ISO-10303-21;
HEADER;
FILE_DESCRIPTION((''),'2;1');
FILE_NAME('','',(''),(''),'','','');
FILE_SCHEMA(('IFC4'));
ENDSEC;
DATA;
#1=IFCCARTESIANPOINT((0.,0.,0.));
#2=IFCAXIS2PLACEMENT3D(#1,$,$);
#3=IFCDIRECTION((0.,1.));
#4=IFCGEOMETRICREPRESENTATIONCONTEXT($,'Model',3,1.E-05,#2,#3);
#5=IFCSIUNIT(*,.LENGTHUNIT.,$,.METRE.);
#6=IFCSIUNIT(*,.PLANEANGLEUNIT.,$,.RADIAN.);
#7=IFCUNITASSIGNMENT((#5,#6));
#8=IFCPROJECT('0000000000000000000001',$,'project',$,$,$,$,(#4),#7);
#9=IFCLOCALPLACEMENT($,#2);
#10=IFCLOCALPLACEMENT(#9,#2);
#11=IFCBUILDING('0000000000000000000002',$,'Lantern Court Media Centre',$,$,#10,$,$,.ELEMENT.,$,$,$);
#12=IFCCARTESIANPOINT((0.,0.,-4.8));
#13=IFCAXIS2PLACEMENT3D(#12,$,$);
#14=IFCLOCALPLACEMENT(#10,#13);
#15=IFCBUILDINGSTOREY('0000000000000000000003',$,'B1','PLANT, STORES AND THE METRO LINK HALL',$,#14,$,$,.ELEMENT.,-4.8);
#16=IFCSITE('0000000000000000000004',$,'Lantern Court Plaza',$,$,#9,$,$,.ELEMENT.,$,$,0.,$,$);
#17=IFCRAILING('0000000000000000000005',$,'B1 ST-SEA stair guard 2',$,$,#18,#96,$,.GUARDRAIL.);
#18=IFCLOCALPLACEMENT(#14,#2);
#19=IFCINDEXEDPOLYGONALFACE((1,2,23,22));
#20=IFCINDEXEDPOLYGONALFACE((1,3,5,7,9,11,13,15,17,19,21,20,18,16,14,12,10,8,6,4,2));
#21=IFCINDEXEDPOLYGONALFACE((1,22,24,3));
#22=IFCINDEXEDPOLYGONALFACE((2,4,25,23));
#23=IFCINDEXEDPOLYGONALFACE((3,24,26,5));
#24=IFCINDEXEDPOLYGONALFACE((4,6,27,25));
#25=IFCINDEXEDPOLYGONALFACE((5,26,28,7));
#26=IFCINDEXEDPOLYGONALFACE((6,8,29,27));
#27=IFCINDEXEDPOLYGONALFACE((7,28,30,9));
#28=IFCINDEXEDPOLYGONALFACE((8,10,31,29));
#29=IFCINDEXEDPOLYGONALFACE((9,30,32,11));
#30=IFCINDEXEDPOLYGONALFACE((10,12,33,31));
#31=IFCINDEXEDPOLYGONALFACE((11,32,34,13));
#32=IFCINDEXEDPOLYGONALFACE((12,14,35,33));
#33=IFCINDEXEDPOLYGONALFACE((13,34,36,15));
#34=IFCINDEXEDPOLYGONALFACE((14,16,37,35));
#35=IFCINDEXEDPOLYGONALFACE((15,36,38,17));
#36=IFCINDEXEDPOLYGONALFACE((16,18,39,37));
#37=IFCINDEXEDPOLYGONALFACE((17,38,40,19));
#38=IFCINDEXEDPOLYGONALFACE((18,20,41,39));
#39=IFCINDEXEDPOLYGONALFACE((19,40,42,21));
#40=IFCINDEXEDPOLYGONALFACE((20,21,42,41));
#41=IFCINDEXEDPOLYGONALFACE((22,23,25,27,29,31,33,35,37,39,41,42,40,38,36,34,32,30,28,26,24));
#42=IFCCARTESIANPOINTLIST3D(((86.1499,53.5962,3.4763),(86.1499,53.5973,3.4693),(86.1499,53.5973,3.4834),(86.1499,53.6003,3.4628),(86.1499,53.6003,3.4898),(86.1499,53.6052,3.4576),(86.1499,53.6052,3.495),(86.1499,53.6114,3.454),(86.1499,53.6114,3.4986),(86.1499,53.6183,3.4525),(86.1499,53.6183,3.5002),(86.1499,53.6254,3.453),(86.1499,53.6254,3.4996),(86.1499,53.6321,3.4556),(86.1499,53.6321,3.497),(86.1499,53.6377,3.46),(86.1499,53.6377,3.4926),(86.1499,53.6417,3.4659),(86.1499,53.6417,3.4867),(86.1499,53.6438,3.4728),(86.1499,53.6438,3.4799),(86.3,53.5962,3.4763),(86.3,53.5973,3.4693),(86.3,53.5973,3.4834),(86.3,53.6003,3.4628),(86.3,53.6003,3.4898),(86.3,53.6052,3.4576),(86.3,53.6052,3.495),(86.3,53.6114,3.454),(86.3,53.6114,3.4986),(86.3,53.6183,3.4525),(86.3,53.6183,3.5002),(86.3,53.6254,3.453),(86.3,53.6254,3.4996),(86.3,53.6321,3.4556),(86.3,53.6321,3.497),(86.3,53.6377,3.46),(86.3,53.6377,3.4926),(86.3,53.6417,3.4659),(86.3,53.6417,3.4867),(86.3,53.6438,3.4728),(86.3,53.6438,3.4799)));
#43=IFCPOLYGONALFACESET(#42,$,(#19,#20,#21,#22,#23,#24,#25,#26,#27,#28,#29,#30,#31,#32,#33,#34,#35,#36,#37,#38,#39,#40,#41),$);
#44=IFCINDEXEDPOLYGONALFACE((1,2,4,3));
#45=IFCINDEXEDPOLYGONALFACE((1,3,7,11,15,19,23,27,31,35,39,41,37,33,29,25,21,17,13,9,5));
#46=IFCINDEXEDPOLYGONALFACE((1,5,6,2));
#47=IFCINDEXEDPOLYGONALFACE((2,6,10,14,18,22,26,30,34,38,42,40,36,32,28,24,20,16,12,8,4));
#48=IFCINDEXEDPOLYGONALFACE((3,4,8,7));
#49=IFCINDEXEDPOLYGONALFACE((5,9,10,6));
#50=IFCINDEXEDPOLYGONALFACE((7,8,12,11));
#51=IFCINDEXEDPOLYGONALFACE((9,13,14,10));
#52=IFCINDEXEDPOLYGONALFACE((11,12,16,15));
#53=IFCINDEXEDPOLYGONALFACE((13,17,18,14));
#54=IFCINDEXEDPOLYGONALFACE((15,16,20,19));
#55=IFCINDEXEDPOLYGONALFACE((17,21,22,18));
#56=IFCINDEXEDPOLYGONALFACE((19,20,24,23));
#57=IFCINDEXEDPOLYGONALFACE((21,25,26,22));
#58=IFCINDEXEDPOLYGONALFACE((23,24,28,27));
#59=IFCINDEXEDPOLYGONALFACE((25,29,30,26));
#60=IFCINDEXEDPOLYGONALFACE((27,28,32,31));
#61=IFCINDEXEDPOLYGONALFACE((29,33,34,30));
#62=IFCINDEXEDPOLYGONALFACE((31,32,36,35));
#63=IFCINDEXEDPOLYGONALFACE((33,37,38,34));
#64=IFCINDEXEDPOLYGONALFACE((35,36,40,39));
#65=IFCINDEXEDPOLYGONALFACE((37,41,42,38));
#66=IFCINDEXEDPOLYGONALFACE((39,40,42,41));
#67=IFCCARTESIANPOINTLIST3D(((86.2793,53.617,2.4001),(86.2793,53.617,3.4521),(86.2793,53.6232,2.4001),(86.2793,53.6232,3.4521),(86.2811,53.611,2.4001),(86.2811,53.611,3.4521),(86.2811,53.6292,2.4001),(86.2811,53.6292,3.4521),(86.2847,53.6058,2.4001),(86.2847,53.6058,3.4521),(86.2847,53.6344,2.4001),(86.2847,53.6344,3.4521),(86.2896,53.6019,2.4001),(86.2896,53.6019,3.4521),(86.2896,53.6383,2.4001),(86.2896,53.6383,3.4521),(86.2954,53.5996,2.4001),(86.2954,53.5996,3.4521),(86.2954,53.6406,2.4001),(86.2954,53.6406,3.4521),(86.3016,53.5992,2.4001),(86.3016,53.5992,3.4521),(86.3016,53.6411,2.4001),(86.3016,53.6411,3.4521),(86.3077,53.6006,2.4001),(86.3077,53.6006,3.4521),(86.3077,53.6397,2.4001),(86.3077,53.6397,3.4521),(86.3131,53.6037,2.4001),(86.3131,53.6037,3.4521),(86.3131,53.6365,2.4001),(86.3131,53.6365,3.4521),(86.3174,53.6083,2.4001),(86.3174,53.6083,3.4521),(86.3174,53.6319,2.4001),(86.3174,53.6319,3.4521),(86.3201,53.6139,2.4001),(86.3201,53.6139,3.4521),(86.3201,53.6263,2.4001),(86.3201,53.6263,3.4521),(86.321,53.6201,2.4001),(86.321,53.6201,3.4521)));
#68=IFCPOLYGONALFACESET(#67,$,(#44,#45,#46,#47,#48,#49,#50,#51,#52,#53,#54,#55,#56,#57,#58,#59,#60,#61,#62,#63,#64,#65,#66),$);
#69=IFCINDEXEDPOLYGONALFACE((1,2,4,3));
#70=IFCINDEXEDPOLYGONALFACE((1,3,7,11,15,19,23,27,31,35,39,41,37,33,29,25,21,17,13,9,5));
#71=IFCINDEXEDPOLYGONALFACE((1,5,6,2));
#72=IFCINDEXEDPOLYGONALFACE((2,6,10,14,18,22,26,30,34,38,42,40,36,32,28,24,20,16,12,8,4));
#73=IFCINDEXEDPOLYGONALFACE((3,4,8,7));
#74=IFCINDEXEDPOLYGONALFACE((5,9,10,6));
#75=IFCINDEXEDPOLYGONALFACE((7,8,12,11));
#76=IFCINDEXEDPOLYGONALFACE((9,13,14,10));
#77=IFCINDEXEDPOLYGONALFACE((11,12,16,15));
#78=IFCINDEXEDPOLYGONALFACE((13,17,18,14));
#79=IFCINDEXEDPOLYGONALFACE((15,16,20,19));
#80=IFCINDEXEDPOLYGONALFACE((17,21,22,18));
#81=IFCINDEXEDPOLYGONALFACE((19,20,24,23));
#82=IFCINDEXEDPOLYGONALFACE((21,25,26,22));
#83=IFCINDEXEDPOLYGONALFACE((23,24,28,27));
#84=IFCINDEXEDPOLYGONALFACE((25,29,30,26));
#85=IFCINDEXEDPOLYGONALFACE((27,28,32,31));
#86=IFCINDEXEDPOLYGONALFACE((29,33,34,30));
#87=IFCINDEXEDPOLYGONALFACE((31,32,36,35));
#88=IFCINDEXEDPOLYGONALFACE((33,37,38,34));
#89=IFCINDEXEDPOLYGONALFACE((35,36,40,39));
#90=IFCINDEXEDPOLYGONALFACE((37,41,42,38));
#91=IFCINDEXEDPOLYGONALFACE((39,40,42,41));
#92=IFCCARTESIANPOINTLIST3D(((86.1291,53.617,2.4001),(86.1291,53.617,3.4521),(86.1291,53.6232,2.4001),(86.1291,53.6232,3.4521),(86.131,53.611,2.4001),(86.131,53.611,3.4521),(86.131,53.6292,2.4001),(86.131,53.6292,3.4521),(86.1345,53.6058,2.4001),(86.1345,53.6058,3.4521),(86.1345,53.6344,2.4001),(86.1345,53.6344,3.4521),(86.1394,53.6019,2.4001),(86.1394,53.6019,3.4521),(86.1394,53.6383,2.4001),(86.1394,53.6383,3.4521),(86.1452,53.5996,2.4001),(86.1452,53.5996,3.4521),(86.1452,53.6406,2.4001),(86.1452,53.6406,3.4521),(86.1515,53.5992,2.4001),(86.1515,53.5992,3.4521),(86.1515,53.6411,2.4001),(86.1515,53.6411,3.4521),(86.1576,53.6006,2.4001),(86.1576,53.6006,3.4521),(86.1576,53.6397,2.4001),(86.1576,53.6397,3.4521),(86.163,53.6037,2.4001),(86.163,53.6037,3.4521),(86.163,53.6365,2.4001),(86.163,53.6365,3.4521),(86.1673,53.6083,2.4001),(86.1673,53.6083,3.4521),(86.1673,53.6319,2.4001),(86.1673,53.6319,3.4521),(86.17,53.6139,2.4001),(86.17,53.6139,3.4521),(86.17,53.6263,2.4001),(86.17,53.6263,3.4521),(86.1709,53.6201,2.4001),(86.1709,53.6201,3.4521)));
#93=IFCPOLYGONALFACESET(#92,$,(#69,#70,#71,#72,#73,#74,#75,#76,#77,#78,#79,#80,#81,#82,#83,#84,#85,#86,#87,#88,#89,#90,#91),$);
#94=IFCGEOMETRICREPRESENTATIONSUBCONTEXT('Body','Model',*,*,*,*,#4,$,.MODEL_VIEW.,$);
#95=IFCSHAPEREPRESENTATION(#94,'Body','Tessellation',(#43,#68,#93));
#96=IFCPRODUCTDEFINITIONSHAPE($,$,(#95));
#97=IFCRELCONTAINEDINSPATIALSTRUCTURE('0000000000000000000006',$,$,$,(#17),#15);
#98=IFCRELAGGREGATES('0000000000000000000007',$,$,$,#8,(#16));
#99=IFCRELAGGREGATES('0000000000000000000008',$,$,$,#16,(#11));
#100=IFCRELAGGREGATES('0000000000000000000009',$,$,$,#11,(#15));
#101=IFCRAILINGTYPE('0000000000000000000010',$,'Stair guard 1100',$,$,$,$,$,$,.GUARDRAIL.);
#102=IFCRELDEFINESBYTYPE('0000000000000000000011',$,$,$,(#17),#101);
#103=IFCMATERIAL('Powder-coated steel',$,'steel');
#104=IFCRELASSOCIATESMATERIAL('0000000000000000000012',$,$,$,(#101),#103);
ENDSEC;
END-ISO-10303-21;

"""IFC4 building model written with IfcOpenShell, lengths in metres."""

from ifc_helpers import new_model, si_unit, direction, frame, origin, origin_2d, place, context, subcontext, project, spatial, circle, extrude, material, type_object, element, save


model = new_model("IFC4")

# Units and contexts
model_context = context("Model", 3, precision=1e-05, world=origin(), true_north=direction((0.0, 1.0)))
body_context = subcontext(model_context, "Body", "Model", "MODEL_VIEW")
ifc_project = project(units=[si_unit("LENGTHUNIT", "METRE"), si_unit("PLANEANGLEUNIT", "RADIAN")], contexts=[model_context])

# Site, building, storey
site_placement = place(None, origin())
site = spatial("IfcSite", under=ifc_project, at=site_placement, Name="Lantern Court Plaza", CompositionType="ELEMENT", RefElevation=0.0)
building_placement = place(site_placement, origin())
building = spatial("IfcBuilding", under=site, at=building_placement, Name="Lantern Court Media Centre", CompositionType="ELEMENT")
storey_placement = place(building_placement, frame((0.0, 0.0, -4.8)))
storey = spatial("IfcBuildingStorey", under=building, at=storey_placement, Name="B1", Description="PLANT, STORES AND THE METRO LINK HALL", CompositionType="ELEMENT", Elevation=-4.8)

# Railing
ifc_material_1 = material(Name="Powder-coated steel", Category="steel")
railing_type_1 = type_object("IfcRailingType", Name="Stair guard 1100", PredefinedType="GUARDRAIL", material=ifc_material_1)
railing_1_placement = place(storey_placement, frame((86.3, 53.6201, 2.4001)))
element("IfcRailing", 1, at=railing_1_placement, inside=storey, type_object=railing_type_1, Name="B1 ST-SEA stair guard 2", PredefinedType="GUARDRAIL", context=body_context, shape_type="SweptSolid", body=[
    extrude(circle(Radius=0.0239, at=origin_2d()), frame((0.0, 0.0, 1.0762), z_axis=(-1.0, 0.0, 0.0), x_axis=(0.0, -1.0, 0.0)), (0.0, 0.0, 1.0), 0.1501),
    extrude(circle(Radius=0.021, at=origin_2d()), origin(), (0.0, 0.0, 1.0), 1.052),
    extrude(circle(Radius=0.021, at=origin_2d()), frame((-0.1501, 0.0, 0.0)), (0.0, 0.0, 1.0), 1.052),
])

save(model, "model.ifc")
